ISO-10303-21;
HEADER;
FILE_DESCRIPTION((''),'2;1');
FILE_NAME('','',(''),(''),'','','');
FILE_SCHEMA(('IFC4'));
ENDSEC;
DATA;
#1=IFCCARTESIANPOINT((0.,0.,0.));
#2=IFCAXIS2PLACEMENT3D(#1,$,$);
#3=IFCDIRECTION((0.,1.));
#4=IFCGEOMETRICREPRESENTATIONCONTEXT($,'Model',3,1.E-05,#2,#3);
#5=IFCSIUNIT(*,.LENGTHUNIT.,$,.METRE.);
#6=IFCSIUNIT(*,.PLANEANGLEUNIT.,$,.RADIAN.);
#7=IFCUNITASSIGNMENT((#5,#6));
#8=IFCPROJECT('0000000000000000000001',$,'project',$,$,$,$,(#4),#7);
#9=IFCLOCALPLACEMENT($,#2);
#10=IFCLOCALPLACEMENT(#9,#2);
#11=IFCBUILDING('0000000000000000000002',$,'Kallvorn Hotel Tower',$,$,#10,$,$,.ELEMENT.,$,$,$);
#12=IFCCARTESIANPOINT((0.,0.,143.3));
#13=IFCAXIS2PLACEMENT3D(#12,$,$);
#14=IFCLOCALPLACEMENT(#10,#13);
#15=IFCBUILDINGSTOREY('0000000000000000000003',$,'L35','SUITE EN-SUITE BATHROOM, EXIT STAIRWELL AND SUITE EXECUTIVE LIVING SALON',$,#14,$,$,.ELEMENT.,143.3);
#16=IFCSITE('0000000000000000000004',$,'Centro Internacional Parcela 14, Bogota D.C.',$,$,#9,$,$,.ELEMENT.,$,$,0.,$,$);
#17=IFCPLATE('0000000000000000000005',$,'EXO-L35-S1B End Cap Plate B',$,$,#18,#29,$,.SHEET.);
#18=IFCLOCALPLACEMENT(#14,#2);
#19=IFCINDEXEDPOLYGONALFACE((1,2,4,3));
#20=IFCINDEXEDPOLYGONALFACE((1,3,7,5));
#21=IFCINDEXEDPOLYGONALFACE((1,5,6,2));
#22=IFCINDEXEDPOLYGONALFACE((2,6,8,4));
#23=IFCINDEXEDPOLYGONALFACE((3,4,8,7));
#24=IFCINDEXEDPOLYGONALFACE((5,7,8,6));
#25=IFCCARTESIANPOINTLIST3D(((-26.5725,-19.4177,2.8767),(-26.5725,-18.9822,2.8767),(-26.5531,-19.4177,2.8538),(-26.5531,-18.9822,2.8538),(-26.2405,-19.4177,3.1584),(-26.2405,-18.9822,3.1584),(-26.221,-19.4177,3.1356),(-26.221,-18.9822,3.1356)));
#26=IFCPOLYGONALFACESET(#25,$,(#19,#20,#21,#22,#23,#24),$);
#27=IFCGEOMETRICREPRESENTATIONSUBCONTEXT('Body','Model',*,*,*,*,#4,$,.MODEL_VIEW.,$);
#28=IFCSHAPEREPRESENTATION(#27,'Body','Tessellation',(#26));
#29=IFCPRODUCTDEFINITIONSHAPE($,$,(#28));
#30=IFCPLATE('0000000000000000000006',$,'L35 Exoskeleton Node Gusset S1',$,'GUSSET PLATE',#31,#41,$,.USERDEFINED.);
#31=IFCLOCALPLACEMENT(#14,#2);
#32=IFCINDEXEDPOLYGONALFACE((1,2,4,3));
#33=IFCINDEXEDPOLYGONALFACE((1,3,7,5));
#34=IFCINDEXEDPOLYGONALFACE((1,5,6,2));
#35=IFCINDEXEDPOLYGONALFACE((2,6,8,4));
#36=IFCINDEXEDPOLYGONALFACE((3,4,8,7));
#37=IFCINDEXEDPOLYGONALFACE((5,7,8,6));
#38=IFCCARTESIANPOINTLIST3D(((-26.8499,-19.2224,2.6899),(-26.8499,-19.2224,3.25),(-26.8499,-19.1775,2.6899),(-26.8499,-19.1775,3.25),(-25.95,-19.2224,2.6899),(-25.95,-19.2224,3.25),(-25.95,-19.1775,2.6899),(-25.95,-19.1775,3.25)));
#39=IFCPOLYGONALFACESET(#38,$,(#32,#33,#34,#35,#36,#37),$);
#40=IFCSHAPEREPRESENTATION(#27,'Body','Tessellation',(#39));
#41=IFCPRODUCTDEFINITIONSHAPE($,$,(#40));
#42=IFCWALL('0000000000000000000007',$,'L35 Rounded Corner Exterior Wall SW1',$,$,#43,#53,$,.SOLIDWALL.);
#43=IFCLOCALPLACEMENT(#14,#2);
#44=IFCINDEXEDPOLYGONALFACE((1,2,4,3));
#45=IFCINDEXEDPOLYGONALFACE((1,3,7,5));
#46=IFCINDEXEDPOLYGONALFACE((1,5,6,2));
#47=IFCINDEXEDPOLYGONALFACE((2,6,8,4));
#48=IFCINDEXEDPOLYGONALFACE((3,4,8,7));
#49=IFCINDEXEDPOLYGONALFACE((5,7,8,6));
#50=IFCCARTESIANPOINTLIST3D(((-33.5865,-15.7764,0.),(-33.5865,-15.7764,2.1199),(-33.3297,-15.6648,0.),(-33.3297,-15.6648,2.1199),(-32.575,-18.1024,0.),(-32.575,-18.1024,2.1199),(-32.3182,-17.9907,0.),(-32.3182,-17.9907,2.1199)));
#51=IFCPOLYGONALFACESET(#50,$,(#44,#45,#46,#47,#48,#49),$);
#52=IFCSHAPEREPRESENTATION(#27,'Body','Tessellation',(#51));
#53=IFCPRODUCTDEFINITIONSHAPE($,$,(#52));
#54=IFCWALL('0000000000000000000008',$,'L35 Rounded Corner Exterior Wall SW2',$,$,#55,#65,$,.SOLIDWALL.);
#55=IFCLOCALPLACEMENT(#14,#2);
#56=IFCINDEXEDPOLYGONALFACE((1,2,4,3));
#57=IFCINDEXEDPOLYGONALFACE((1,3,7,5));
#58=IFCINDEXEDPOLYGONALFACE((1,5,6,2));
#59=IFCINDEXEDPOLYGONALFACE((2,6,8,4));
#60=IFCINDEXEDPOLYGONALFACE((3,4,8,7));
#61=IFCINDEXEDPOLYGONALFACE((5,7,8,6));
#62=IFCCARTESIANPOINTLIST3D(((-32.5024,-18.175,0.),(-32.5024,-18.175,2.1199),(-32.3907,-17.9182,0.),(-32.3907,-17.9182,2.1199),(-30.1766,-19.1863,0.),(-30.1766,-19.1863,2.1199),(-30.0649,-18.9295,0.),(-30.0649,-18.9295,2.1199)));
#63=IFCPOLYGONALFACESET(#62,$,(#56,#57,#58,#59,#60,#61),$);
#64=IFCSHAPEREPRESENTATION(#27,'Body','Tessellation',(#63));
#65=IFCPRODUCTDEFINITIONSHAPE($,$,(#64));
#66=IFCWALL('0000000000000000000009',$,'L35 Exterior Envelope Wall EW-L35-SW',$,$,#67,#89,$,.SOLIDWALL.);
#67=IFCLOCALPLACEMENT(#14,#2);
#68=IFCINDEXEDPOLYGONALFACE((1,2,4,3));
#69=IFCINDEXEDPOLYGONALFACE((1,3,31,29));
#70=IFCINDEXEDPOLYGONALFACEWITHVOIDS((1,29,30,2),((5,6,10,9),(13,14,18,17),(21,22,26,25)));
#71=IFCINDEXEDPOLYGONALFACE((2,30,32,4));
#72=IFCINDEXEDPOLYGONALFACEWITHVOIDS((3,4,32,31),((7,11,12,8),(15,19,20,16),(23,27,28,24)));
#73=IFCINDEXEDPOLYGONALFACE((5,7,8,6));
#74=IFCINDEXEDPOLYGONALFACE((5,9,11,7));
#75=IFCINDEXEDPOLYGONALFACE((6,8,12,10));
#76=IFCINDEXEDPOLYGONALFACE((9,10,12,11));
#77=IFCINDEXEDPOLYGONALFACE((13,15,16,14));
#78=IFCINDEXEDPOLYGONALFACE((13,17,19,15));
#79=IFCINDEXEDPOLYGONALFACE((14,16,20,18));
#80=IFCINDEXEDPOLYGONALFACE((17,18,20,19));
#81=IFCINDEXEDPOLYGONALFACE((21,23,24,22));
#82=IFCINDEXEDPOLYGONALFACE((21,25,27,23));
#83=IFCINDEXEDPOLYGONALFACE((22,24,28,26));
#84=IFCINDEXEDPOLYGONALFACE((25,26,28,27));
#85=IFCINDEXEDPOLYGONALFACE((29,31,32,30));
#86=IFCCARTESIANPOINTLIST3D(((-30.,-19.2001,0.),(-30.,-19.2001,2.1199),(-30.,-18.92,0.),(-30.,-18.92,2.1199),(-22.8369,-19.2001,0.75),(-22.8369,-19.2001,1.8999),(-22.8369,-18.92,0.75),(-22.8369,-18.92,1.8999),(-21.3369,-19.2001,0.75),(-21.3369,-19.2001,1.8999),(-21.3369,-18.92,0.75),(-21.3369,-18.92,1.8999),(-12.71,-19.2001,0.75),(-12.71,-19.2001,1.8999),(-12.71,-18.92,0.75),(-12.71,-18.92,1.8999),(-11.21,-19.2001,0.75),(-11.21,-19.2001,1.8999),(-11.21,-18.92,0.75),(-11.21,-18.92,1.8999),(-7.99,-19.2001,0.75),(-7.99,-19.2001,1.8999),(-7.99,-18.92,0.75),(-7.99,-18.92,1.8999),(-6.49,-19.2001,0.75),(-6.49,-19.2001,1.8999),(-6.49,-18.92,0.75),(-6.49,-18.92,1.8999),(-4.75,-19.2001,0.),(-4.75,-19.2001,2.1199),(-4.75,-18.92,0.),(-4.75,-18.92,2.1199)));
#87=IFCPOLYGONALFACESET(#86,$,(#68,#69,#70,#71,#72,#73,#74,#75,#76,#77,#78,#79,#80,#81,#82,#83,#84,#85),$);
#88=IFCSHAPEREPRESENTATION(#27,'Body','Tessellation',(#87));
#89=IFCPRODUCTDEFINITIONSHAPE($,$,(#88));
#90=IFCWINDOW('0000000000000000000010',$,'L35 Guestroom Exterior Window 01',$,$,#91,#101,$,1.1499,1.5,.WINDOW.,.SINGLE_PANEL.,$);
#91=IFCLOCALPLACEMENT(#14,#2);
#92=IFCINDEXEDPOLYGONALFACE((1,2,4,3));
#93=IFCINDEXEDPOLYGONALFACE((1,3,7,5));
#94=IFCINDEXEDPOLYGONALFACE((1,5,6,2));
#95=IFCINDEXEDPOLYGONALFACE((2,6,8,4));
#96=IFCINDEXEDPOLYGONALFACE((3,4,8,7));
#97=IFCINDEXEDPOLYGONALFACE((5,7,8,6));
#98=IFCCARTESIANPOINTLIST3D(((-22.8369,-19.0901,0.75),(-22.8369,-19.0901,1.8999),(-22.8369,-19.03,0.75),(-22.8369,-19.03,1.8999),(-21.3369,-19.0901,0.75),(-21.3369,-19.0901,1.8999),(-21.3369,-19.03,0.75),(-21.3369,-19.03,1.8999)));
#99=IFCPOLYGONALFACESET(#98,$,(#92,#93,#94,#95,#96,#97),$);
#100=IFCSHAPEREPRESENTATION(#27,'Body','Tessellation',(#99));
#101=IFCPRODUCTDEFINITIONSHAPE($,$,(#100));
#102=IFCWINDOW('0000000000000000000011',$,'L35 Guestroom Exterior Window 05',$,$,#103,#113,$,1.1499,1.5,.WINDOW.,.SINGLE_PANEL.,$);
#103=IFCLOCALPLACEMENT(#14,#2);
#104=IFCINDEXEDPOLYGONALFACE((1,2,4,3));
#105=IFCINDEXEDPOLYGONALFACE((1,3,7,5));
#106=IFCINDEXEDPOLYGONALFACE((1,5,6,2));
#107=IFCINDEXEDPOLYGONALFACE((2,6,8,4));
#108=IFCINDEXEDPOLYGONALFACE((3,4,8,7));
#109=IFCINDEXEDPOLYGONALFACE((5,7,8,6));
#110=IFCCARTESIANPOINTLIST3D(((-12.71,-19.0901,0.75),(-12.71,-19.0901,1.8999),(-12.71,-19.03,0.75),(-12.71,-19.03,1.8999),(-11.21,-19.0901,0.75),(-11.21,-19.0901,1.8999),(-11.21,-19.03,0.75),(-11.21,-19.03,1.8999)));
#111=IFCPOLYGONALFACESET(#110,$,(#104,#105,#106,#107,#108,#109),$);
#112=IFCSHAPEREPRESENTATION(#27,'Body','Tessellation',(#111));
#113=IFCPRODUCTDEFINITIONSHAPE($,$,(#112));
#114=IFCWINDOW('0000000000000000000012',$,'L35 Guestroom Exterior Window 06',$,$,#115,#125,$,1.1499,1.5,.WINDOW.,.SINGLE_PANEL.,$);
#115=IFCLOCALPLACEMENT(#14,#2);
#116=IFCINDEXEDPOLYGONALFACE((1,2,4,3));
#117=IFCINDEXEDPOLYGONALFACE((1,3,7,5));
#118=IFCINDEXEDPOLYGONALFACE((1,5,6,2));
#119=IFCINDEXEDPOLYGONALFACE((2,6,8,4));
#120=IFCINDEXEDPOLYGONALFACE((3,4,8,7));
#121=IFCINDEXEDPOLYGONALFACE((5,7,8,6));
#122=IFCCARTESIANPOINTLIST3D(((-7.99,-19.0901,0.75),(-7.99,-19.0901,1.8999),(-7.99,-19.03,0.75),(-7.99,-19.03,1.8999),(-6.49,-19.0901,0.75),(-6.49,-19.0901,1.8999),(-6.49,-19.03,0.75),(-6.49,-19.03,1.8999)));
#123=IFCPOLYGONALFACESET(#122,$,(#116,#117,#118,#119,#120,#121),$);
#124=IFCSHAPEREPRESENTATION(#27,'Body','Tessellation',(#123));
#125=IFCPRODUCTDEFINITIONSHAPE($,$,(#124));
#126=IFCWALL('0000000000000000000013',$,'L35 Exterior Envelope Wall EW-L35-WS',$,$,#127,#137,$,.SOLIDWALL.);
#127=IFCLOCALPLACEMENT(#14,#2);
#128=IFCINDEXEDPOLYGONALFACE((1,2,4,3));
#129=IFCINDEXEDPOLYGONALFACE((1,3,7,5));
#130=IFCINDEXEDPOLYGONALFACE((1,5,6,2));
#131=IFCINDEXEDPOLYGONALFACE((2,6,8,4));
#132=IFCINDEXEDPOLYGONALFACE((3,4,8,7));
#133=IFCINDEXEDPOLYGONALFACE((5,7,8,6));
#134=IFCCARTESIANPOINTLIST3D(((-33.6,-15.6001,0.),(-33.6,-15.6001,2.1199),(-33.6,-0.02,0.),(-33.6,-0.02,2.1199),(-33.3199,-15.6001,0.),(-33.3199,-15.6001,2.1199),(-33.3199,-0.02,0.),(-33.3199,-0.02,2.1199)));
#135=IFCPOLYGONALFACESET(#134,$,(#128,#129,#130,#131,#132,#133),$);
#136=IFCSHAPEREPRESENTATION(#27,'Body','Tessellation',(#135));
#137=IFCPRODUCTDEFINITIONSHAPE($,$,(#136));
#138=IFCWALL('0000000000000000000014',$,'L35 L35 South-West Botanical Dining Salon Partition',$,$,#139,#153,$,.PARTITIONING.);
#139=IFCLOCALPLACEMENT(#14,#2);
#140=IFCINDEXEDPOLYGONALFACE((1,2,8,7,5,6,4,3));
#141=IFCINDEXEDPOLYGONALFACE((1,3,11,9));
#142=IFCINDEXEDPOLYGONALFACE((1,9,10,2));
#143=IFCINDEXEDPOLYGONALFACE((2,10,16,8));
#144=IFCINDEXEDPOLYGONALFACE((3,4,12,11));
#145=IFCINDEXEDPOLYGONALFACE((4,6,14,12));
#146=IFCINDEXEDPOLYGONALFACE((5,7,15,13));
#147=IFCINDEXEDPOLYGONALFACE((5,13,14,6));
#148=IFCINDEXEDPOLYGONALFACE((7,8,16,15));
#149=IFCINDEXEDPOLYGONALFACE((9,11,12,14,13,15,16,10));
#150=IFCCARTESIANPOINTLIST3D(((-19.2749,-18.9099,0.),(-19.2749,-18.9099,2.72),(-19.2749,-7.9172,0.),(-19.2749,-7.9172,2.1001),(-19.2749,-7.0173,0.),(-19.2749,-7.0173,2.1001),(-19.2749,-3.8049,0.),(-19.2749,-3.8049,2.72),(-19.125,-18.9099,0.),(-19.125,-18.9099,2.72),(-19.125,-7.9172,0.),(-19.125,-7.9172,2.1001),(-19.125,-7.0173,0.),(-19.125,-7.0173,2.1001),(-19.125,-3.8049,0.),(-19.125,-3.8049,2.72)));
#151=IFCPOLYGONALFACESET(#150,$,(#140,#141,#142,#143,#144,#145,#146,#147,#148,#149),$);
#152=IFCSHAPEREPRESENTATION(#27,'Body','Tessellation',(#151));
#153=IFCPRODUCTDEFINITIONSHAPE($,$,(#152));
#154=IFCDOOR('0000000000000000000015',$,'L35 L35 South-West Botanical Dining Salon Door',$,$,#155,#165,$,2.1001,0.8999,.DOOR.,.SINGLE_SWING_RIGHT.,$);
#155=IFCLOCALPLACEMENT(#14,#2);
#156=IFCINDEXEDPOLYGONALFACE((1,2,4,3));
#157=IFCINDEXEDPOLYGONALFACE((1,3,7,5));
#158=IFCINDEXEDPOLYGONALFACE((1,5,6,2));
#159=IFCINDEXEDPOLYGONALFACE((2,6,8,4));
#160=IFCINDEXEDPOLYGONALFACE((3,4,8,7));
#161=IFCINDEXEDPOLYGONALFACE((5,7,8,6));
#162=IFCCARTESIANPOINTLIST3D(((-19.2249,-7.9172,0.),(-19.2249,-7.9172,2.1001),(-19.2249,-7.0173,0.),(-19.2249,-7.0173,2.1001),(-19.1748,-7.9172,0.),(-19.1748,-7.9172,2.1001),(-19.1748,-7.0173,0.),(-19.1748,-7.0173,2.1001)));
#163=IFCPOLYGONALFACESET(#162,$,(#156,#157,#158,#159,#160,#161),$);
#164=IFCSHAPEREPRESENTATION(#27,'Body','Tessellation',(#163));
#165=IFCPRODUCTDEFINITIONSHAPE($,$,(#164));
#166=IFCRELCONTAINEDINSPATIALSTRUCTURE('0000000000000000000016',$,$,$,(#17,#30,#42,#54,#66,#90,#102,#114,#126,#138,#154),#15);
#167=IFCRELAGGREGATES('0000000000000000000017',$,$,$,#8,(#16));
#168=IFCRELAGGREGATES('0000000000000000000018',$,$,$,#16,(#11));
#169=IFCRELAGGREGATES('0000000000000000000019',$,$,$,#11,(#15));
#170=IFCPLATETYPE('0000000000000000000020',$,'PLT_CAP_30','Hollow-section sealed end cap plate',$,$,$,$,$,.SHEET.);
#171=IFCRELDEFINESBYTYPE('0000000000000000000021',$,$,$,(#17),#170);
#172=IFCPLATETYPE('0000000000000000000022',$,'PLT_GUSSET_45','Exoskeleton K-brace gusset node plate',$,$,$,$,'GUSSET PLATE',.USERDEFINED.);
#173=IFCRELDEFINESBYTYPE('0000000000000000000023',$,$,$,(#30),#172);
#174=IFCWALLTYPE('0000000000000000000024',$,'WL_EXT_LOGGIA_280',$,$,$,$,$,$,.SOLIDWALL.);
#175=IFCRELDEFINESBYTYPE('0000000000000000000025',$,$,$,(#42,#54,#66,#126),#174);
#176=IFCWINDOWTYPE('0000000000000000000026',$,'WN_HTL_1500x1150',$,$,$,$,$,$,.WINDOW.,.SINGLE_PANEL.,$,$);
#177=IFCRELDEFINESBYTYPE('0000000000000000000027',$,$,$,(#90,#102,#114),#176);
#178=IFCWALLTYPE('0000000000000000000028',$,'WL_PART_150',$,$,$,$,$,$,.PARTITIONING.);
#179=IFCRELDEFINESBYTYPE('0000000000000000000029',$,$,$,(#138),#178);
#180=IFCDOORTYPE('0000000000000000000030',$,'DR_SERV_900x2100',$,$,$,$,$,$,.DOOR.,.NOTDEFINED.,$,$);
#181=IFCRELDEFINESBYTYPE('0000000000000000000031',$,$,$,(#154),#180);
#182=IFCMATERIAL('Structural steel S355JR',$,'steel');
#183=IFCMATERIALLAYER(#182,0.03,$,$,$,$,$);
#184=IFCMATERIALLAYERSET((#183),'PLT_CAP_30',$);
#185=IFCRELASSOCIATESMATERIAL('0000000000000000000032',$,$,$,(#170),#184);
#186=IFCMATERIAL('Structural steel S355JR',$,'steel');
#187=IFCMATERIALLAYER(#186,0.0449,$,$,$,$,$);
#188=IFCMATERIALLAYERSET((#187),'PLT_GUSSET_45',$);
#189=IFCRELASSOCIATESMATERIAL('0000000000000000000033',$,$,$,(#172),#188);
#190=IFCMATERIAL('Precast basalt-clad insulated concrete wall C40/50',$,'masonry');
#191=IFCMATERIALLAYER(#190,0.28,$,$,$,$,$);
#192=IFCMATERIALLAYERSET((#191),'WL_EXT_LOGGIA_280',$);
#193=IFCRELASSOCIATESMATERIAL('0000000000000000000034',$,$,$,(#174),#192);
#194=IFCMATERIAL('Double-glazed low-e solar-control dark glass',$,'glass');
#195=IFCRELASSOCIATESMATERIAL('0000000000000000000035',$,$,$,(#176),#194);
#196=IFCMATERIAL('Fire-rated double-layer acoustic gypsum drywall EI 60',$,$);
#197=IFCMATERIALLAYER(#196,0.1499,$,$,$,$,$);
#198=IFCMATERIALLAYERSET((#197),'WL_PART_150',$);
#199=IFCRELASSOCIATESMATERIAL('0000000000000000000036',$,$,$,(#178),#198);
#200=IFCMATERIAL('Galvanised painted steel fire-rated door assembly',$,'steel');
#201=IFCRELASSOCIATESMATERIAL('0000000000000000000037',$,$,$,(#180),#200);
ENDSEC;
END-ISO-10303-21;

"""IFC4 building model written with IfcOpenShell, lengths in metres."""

from ifc_helpers import new_model, si_unit, direction, frame, frame_2d, origin, origin_2d, place, context, subcontext, project, spatial, polyline, rectangle, outline, extrude, material, layer, layer_set, type_object, element, fill, save


model = new_model("IFC4")

# Units and contexts
model_context = context("Model", 3, precision=1e-05, world=origin(), true_north=direction((0.0, 1.0)))
body_context = subcontext(model_context, "Body", "Model", "MODEL_VIEW")
ifc_project = project(units=[si_unit("LENGTHUNIT", "METRE"), si_unit("PLANEANGLEUNIT", "RADIAN")], contexts=[model_context])

# Site, building, storey
site_placement = place(None, origin())
site = spatial("IfcSite", under=ifc_project, at=site_placement, Name="Centro Internacional Parcela 14, Bogota D.C.", CompositionType="ELEMENT", RefElevation=0.0)
building_placement = place(site_placement, origin())
building = spatial("IfcBuilding", under=site, at=building_placement, Name="Kallvorn Hotel Tower", CompositionType="ELEMENT")
storey_placement = place(building_placement, frame((0.0, 0.0, 143.3)))
storey = spatial("IfcBuildingStorey", under=building, at=storey_placement, Name="L35", Description="SUITE EN-SUITE BATHROOM, EXIT STAIRWELL AND SUITE EXECUTIVE LIVING SALON", CompositionType="ELEMENT", Elevation=143.3)

# Plates
ifc_material_1 = material(Name="Structural steel S355JR", Category="steel")
ifc_layer_1 = layer(ifc_material_1, 0.03)
ifc_layer_set_1 = layer_set([ifc_layer_1], Name="PLT_CAP_30")
plate_type_1 = type_object("IfcPlateType", Name="PLT_CAP_30", Description="Hollow-section sealed end cap plate", PredefinedType="SHEET", material=ifc_layer_set_1)
plate_1_placement = place(storey_placement, frame((-26.5725, -18.9822, 2.8767), z_axis=(-0.646997, 0.0, 0.762492), x_axis=(0.0, -1.0, 0.0)))
element("IfcPlate", 1, at=plate_1_placement, inside=storey, type_object=plate_type_1, Name="EXO-L35-S1B End Cap Plate B", PredefinedType="SHEET", context=body_context, shape_type="SweptSolid", body=[
    extrude(outline(polyline([(0.0, 0.0), (0.4355, 0.0), (0.4355, 0.4355), (0.0, 0.4355), (0.0, 0.0)])), origin(), (0.0, 0.0, -1.0), 0.03),
])
ifc_material_2 = material(Name="Structural steel S355JR", Category="steel")
ifc_layer_2 = layer(ifc_material_2, 0.0449)
ifc_layer_set_2 = layer_set([ifc_layer_2], Name="PLT_GUSSET_45")
plate_type_2 = type_object("IfcPlateType", Name="PLT_GUSSET_45", Description="Exoskeleton K-brace gusset node plate", ElementType="GUSSET PLATE", PredefinedType="USERDEFINED", material=ifc_layer_set_2)
plate_2_placement = place(storey_placement, frame((-26.3999, -19.2, 2.6899), z_axis=(0.0, 0.0, 1.0), x_axis=(1.0, 0.0, 0.0)))
element("IfcPlate", 2, at=plate_2_placement, inside=storey, type_object=plate_type_2, Name="L35 Exoskeleton Node Gusset S1", ObjectType="GUSSET PLATE", PredefinedType="USERDEFINED", context=body_context, shape_type="SweptSolid", body=[
    extrude(rectangle(XDim=0.8999, YDim=0.0449, at=origin_2d()), origin(), (0.0, 0.0, 1.0), 0.5601),
])

# Walls
ifc_material_3 = material(Name="Precast basalt-clad insulated concrete wall C40/50", Category="masonry")
ifc_layer_3 = layer(ifc_material_3, 0.28)
ifc_layer_set_3 = layer_set([ifc_layer_3], Name="WL_EXT_LOGGIA_280")
wall_type_1 = type_object("IfcWallType", Name="WL_EXT_LOGGIA_280", PredefinedType="SOLIDWALL", material=ifc_layer_set_3)
wall_1_placement = place(storey_placement, frame((-33.458, -15.7207, 0.0), z_axis=(0.0, 0.0, 1.0), x_axis=(0.398793, -0.917041, 0.0)))
element("IfcWall", 3, at=wall_1_placement, inside=storey, type_object=wall_type_1, Name="L35 Rounded Corner Exterior Wall SW1", PredefinedType="SOLIDWALL", context=body_context, shape_type="SweptSolid", body=[
    extrude(rectangle(XDim=2.5364, YDim=0.28, at=frame_2d((1.2681, 0.0))), origin(), (0.0, 0.0, 1.0), 2.1199),
])
wall_2_placement = place(storey_placement, frame((-32.4465, -18.0466, 0.0), z_axis=(0.0, 0.0, 1.0), x_axis=(0.917061, -0.398747, 0.0)))
element("IfcWall", 4, at=wall_2_placement, inside=storey, type_object=wall_type_1, Name="L35 Rounded Corner Exterior Wall SW2", PredefinedType="SOLIDWALL", context=body_context, shape_type="SweptSolid", body=[
    extrude(rectangle(XDim=2.5361, YDim=0.28, at=frame_2d((1.2681, 0.0))), origin(), (0.0, 0.0, 1.0), 2.1199),
])

# Wall, openings, windows
wall_3_placement = place(storey_placement, frame((-30.0, -19.0601, 0.0), z_axis=(0.0, 0.0, 1.0), x_axis=(1.0, 0.0, 0.0)))
wall_3 = element("IfcWall", 5, at=wall_3_placement, inside=storey, type_object=wall_type_1, Name="L35 Exterior Envelope Wall EW-L35-SW", PredefinedType="SOLIDWALL", context=body_context, shape_type="SweptSolid", body=[
    extrude(rectangle(XDim=25.25, YDim=0.28, at=frame_2d((12.625, 0.0))), origin(), (0.0, 0.0, 1.0), 2.1199),
])
opening_1_placement = place(wall_3_placement, frame((7.1631, 0.0, 0.75)))
opening_1 = element("IfcOpeningElement", 6, at=opening_1_placement, cuts=wall_3, PredefinedType="OPENING", context=body_context, shape_type="SweptSolid", body=[
    extrude(rectangle(XDim=1.5, YDim=1.1499, at=frame_2d((0.75, 0.575))), frame((0.0, 0.155, 0.0), z_axis=(0.0, -1.0, 0.0), x_axis=(1.0, 0.0, 0.0)), (0.0, 0.0, 1.0), 0.3101),
])
opening_2_placement = place(wall_3_placement, frame((17.29, 0.0, 0.75)))
opening_2 = element("IfcOpeningElement", 7, at=opening_2_placement, cuts=wall_3, PredefinedType="OPENING", context=body_context, shape_type="SweptSolid", body=[
    extrude(rectangle(XDim=1.5, YDim=1.1499, at=frame_2d((0.75, 0.575))), frame((0.0, 0.155, 0.0), z_axis=(0.0, -1.0, 0.0), x_axis=(1.0, 0.0, 0.0)), (0.0, 0.0, 1.0), 0.3101),
])
opening_3_placement = place(wall_3_placement, frame((22.01, 0.0, 0.75)))
opening_3 = element("IfcOpeningElement", 8, at=opening_3_placement, cuts=wall_3, PredefinedType="OPENING", context=body_context, shape_type="SweptSolid", body=[
    extrude(rectangle(XDim=1.5, YDim=1.1499, at=frame_2d((0.75, 0.575))), frame((0.0, 0.155, 0.0), z_axis=(0.0, -1.0, 0.0), x_axis=(1.0, 0.0, 0.0)), (0.0, 0.0, 1.0), 0.3101),
])
ifc_material_4 = material(Name="Double-glazed low-e solar-control dark glass", Category="glass")
window_type = type_object("IfcWindowType", Name="WN_HTL_1500x1150", PartitioningType="SINGLE_PANEL", PredefinedType="WINDOW", material=ifc_material_4)
window_1_placement = place(opening_1_placement, origin())
window_1 = element("IfcWindow", 9, at=window_1_placement, inside=storey, type_object=window_type, Name="L35 Guestroom Exterior Window 01", OverallHeight=1.1499, OverallWidth=1.5, PartitioningType="SINGLE_PANEL", PredefinedType="WINDOW", context=body_context, shape_type="SweptSolid", body=[
    extrude(rectangle(XDim=1.5, YDim=1.1499, at=frame_2d((0.75, 0.575))), frame((0.0, 0.03, 0.0), z_axis=(0.0, -1.0, 0.0), x_axis=(1.0, 0.0, 0.0)), (0.0, 0.0, 1.0), 0.0601),
])
fill(opening_1, window_1)
window_2_placement = place(opening_2_placement, origin())
window_2 = element("IfcWindow", 10, at=window_2_placement, inside=storey, type_object=window_type, Name="L35 Guestroom Exterior Window 05", OverallHeight=1.1499, OverallWidth=1.5, PartitioningType="SINGLE_PANEL", PredefinedType="WINDOW", context=body_context, shape_type="SweptSolid", body=[
    extrude(rectangle(XDim=1.5, YDim=1.1499, at=frame_2d((0.75, 0.575))), frame((0.0, 0.03, 0.0), z_axis=(0.0, -1.0, 0.0), x_axis=(1.0, 0.0, 0.0)), (0.0, 0.0, 1.0), 0.0601),
])
fill(opening_2, window_2)
window_3_placement = place(opening_3_placement, origin())
window_3 = element("IfcWindow", 11, at=window_3_placement, inside=storey, type_object=window_type, Name="L35 Guestroom Exterior Window 06", OverallHeight=1.1499, OverallWidth=1.5, PartitioningType="SINGLE_PANEL", PredefinedType="WINDOW", context=body_context, shape_type="SweptSolid", body=[
    extrude(rectangle(XDim=1.5, YDim=1.1499, at=frame_2d((0.75, 0.575))), frame((0.0, 0.03, 0.0), z_axis=(0.0, -1.0, 0.0), x_axis=(1.0, 0.0, 0.0)), (0.0, 0.0, 1.0), 0.0601),
])
fill(opening_3, window_3)

# Wall
wall_4_placement = place(storey_placement, frame((-33.46, -15.6001, 0.0), z_axis=(0.0, 0.0, 1.0), x_axis=(0.0, 1.0, 0.0)))
element("IfcWall", 12, at=wall_4_placement, inside=storey, type_object=wall_type_1, Name="L35 Exterior Envelope Wall EW-L35-WS", PredefinedType="SOLIDWALL", context=body_context, shape_type="SweptSolid", body=[
    extrude(rectangle(XDim=15.5801, YDim=0.28, at=frame_2d((7.79, 0.0))), origin(), (0.0, 0.0, 1.0), 2.1199),
])

# Wall, opening, door
ifc_material_5 = material(Name="Fire-rated double-layer acoustic gypsum drywall EI 60")
ifc_layer_4 = layer(ifc_material_5, 0.1499)
ifc_layer_set_4 = layer_set([ifc_layer_4], Name="WL_PART_150")
wall_type_2 = type_object("IfcWallType", Name="WL_PART_150", PredefinedType="PARTITIONING", material=ifc_layer_set_4)
wall_5_placement = place(storey_placement, frame((-19.2, -18.9099, 0.0), z_axis=(0.0, 0.0, 1.0), x_axis=(0.0, 1.0, 0.0)))
wall_5 = element("IfcWall", 13, at=wall_5_placement, inside=storey, type_object=wall_type_2, Name="L35 L35 South-West Botanical Dining Salon Partition", PredefinedType="PARTITIONING", context=body_context, shape_type="SweptSolid", body=[
    extrude(rectangle(XDim=15.105, YDim=0.1499, at=frame_2d((7.5525, 0.0))), origin(), (0.0, 0.0, 1.0), 2.72),
])
opening_4_placement = place(wall_5_placement, frame((10.9927, 0.0, 0.0)))
opening_4 = element("IfcOpeningElement", 14, at=opening_4_placement, cuts=wall_5, PredefinedType="OPENING", context=body_context, shape_type="SweptSolid", body=[
    extrude(rectangle(XDim=0.8999, YDim=2.1001, at=frame_2d((0.45, 1.05))), frame((0.0, 0.0898, 0.0), z_axis=(0.0, -1.0, 0.0), x_axis=(1.0, 0.0, 0.0)), (0.0, 0.0, 1.0), 0.1799),
])
ifc_material_6 = material(Name="Galvanised painted steel fire-rated door assembly", Category="steel")
door_type = type_object("IfcDoorType", Name="DR_SERV_900x2100", OperationType="NOTDEFINED", PredefinedType="DOOR", material=ifc_material_6)
door_placement = place(opening_4_placement, origin())
door = element("IfcDoor", 15, at=door_placement, inside=storey, type_object=door_type, Name="L35 L35 South-West Botanical Dining Salon Door", OperationType="SINGLE_SWING_RIGHT", OverallHeight=2.1001, OverallWidth=0.8999, PredefinedType="DOOR", context=body_context, shape_type="SweptSolid", body=[
    extrude(rectangle(XDim=0.8999, YDim=2.1001, at=frame_2d((0.45, 1.05))), frame((0.0, 0.0249, 0.0), z_axis=(0.0, -1.0, 0.0), x_axis=(1.0, 0.0, 0.0)), (0.0, 0.0, 1.0), 0.05),
])
fill(opening_4, door)

save(model, "model.ifc")
